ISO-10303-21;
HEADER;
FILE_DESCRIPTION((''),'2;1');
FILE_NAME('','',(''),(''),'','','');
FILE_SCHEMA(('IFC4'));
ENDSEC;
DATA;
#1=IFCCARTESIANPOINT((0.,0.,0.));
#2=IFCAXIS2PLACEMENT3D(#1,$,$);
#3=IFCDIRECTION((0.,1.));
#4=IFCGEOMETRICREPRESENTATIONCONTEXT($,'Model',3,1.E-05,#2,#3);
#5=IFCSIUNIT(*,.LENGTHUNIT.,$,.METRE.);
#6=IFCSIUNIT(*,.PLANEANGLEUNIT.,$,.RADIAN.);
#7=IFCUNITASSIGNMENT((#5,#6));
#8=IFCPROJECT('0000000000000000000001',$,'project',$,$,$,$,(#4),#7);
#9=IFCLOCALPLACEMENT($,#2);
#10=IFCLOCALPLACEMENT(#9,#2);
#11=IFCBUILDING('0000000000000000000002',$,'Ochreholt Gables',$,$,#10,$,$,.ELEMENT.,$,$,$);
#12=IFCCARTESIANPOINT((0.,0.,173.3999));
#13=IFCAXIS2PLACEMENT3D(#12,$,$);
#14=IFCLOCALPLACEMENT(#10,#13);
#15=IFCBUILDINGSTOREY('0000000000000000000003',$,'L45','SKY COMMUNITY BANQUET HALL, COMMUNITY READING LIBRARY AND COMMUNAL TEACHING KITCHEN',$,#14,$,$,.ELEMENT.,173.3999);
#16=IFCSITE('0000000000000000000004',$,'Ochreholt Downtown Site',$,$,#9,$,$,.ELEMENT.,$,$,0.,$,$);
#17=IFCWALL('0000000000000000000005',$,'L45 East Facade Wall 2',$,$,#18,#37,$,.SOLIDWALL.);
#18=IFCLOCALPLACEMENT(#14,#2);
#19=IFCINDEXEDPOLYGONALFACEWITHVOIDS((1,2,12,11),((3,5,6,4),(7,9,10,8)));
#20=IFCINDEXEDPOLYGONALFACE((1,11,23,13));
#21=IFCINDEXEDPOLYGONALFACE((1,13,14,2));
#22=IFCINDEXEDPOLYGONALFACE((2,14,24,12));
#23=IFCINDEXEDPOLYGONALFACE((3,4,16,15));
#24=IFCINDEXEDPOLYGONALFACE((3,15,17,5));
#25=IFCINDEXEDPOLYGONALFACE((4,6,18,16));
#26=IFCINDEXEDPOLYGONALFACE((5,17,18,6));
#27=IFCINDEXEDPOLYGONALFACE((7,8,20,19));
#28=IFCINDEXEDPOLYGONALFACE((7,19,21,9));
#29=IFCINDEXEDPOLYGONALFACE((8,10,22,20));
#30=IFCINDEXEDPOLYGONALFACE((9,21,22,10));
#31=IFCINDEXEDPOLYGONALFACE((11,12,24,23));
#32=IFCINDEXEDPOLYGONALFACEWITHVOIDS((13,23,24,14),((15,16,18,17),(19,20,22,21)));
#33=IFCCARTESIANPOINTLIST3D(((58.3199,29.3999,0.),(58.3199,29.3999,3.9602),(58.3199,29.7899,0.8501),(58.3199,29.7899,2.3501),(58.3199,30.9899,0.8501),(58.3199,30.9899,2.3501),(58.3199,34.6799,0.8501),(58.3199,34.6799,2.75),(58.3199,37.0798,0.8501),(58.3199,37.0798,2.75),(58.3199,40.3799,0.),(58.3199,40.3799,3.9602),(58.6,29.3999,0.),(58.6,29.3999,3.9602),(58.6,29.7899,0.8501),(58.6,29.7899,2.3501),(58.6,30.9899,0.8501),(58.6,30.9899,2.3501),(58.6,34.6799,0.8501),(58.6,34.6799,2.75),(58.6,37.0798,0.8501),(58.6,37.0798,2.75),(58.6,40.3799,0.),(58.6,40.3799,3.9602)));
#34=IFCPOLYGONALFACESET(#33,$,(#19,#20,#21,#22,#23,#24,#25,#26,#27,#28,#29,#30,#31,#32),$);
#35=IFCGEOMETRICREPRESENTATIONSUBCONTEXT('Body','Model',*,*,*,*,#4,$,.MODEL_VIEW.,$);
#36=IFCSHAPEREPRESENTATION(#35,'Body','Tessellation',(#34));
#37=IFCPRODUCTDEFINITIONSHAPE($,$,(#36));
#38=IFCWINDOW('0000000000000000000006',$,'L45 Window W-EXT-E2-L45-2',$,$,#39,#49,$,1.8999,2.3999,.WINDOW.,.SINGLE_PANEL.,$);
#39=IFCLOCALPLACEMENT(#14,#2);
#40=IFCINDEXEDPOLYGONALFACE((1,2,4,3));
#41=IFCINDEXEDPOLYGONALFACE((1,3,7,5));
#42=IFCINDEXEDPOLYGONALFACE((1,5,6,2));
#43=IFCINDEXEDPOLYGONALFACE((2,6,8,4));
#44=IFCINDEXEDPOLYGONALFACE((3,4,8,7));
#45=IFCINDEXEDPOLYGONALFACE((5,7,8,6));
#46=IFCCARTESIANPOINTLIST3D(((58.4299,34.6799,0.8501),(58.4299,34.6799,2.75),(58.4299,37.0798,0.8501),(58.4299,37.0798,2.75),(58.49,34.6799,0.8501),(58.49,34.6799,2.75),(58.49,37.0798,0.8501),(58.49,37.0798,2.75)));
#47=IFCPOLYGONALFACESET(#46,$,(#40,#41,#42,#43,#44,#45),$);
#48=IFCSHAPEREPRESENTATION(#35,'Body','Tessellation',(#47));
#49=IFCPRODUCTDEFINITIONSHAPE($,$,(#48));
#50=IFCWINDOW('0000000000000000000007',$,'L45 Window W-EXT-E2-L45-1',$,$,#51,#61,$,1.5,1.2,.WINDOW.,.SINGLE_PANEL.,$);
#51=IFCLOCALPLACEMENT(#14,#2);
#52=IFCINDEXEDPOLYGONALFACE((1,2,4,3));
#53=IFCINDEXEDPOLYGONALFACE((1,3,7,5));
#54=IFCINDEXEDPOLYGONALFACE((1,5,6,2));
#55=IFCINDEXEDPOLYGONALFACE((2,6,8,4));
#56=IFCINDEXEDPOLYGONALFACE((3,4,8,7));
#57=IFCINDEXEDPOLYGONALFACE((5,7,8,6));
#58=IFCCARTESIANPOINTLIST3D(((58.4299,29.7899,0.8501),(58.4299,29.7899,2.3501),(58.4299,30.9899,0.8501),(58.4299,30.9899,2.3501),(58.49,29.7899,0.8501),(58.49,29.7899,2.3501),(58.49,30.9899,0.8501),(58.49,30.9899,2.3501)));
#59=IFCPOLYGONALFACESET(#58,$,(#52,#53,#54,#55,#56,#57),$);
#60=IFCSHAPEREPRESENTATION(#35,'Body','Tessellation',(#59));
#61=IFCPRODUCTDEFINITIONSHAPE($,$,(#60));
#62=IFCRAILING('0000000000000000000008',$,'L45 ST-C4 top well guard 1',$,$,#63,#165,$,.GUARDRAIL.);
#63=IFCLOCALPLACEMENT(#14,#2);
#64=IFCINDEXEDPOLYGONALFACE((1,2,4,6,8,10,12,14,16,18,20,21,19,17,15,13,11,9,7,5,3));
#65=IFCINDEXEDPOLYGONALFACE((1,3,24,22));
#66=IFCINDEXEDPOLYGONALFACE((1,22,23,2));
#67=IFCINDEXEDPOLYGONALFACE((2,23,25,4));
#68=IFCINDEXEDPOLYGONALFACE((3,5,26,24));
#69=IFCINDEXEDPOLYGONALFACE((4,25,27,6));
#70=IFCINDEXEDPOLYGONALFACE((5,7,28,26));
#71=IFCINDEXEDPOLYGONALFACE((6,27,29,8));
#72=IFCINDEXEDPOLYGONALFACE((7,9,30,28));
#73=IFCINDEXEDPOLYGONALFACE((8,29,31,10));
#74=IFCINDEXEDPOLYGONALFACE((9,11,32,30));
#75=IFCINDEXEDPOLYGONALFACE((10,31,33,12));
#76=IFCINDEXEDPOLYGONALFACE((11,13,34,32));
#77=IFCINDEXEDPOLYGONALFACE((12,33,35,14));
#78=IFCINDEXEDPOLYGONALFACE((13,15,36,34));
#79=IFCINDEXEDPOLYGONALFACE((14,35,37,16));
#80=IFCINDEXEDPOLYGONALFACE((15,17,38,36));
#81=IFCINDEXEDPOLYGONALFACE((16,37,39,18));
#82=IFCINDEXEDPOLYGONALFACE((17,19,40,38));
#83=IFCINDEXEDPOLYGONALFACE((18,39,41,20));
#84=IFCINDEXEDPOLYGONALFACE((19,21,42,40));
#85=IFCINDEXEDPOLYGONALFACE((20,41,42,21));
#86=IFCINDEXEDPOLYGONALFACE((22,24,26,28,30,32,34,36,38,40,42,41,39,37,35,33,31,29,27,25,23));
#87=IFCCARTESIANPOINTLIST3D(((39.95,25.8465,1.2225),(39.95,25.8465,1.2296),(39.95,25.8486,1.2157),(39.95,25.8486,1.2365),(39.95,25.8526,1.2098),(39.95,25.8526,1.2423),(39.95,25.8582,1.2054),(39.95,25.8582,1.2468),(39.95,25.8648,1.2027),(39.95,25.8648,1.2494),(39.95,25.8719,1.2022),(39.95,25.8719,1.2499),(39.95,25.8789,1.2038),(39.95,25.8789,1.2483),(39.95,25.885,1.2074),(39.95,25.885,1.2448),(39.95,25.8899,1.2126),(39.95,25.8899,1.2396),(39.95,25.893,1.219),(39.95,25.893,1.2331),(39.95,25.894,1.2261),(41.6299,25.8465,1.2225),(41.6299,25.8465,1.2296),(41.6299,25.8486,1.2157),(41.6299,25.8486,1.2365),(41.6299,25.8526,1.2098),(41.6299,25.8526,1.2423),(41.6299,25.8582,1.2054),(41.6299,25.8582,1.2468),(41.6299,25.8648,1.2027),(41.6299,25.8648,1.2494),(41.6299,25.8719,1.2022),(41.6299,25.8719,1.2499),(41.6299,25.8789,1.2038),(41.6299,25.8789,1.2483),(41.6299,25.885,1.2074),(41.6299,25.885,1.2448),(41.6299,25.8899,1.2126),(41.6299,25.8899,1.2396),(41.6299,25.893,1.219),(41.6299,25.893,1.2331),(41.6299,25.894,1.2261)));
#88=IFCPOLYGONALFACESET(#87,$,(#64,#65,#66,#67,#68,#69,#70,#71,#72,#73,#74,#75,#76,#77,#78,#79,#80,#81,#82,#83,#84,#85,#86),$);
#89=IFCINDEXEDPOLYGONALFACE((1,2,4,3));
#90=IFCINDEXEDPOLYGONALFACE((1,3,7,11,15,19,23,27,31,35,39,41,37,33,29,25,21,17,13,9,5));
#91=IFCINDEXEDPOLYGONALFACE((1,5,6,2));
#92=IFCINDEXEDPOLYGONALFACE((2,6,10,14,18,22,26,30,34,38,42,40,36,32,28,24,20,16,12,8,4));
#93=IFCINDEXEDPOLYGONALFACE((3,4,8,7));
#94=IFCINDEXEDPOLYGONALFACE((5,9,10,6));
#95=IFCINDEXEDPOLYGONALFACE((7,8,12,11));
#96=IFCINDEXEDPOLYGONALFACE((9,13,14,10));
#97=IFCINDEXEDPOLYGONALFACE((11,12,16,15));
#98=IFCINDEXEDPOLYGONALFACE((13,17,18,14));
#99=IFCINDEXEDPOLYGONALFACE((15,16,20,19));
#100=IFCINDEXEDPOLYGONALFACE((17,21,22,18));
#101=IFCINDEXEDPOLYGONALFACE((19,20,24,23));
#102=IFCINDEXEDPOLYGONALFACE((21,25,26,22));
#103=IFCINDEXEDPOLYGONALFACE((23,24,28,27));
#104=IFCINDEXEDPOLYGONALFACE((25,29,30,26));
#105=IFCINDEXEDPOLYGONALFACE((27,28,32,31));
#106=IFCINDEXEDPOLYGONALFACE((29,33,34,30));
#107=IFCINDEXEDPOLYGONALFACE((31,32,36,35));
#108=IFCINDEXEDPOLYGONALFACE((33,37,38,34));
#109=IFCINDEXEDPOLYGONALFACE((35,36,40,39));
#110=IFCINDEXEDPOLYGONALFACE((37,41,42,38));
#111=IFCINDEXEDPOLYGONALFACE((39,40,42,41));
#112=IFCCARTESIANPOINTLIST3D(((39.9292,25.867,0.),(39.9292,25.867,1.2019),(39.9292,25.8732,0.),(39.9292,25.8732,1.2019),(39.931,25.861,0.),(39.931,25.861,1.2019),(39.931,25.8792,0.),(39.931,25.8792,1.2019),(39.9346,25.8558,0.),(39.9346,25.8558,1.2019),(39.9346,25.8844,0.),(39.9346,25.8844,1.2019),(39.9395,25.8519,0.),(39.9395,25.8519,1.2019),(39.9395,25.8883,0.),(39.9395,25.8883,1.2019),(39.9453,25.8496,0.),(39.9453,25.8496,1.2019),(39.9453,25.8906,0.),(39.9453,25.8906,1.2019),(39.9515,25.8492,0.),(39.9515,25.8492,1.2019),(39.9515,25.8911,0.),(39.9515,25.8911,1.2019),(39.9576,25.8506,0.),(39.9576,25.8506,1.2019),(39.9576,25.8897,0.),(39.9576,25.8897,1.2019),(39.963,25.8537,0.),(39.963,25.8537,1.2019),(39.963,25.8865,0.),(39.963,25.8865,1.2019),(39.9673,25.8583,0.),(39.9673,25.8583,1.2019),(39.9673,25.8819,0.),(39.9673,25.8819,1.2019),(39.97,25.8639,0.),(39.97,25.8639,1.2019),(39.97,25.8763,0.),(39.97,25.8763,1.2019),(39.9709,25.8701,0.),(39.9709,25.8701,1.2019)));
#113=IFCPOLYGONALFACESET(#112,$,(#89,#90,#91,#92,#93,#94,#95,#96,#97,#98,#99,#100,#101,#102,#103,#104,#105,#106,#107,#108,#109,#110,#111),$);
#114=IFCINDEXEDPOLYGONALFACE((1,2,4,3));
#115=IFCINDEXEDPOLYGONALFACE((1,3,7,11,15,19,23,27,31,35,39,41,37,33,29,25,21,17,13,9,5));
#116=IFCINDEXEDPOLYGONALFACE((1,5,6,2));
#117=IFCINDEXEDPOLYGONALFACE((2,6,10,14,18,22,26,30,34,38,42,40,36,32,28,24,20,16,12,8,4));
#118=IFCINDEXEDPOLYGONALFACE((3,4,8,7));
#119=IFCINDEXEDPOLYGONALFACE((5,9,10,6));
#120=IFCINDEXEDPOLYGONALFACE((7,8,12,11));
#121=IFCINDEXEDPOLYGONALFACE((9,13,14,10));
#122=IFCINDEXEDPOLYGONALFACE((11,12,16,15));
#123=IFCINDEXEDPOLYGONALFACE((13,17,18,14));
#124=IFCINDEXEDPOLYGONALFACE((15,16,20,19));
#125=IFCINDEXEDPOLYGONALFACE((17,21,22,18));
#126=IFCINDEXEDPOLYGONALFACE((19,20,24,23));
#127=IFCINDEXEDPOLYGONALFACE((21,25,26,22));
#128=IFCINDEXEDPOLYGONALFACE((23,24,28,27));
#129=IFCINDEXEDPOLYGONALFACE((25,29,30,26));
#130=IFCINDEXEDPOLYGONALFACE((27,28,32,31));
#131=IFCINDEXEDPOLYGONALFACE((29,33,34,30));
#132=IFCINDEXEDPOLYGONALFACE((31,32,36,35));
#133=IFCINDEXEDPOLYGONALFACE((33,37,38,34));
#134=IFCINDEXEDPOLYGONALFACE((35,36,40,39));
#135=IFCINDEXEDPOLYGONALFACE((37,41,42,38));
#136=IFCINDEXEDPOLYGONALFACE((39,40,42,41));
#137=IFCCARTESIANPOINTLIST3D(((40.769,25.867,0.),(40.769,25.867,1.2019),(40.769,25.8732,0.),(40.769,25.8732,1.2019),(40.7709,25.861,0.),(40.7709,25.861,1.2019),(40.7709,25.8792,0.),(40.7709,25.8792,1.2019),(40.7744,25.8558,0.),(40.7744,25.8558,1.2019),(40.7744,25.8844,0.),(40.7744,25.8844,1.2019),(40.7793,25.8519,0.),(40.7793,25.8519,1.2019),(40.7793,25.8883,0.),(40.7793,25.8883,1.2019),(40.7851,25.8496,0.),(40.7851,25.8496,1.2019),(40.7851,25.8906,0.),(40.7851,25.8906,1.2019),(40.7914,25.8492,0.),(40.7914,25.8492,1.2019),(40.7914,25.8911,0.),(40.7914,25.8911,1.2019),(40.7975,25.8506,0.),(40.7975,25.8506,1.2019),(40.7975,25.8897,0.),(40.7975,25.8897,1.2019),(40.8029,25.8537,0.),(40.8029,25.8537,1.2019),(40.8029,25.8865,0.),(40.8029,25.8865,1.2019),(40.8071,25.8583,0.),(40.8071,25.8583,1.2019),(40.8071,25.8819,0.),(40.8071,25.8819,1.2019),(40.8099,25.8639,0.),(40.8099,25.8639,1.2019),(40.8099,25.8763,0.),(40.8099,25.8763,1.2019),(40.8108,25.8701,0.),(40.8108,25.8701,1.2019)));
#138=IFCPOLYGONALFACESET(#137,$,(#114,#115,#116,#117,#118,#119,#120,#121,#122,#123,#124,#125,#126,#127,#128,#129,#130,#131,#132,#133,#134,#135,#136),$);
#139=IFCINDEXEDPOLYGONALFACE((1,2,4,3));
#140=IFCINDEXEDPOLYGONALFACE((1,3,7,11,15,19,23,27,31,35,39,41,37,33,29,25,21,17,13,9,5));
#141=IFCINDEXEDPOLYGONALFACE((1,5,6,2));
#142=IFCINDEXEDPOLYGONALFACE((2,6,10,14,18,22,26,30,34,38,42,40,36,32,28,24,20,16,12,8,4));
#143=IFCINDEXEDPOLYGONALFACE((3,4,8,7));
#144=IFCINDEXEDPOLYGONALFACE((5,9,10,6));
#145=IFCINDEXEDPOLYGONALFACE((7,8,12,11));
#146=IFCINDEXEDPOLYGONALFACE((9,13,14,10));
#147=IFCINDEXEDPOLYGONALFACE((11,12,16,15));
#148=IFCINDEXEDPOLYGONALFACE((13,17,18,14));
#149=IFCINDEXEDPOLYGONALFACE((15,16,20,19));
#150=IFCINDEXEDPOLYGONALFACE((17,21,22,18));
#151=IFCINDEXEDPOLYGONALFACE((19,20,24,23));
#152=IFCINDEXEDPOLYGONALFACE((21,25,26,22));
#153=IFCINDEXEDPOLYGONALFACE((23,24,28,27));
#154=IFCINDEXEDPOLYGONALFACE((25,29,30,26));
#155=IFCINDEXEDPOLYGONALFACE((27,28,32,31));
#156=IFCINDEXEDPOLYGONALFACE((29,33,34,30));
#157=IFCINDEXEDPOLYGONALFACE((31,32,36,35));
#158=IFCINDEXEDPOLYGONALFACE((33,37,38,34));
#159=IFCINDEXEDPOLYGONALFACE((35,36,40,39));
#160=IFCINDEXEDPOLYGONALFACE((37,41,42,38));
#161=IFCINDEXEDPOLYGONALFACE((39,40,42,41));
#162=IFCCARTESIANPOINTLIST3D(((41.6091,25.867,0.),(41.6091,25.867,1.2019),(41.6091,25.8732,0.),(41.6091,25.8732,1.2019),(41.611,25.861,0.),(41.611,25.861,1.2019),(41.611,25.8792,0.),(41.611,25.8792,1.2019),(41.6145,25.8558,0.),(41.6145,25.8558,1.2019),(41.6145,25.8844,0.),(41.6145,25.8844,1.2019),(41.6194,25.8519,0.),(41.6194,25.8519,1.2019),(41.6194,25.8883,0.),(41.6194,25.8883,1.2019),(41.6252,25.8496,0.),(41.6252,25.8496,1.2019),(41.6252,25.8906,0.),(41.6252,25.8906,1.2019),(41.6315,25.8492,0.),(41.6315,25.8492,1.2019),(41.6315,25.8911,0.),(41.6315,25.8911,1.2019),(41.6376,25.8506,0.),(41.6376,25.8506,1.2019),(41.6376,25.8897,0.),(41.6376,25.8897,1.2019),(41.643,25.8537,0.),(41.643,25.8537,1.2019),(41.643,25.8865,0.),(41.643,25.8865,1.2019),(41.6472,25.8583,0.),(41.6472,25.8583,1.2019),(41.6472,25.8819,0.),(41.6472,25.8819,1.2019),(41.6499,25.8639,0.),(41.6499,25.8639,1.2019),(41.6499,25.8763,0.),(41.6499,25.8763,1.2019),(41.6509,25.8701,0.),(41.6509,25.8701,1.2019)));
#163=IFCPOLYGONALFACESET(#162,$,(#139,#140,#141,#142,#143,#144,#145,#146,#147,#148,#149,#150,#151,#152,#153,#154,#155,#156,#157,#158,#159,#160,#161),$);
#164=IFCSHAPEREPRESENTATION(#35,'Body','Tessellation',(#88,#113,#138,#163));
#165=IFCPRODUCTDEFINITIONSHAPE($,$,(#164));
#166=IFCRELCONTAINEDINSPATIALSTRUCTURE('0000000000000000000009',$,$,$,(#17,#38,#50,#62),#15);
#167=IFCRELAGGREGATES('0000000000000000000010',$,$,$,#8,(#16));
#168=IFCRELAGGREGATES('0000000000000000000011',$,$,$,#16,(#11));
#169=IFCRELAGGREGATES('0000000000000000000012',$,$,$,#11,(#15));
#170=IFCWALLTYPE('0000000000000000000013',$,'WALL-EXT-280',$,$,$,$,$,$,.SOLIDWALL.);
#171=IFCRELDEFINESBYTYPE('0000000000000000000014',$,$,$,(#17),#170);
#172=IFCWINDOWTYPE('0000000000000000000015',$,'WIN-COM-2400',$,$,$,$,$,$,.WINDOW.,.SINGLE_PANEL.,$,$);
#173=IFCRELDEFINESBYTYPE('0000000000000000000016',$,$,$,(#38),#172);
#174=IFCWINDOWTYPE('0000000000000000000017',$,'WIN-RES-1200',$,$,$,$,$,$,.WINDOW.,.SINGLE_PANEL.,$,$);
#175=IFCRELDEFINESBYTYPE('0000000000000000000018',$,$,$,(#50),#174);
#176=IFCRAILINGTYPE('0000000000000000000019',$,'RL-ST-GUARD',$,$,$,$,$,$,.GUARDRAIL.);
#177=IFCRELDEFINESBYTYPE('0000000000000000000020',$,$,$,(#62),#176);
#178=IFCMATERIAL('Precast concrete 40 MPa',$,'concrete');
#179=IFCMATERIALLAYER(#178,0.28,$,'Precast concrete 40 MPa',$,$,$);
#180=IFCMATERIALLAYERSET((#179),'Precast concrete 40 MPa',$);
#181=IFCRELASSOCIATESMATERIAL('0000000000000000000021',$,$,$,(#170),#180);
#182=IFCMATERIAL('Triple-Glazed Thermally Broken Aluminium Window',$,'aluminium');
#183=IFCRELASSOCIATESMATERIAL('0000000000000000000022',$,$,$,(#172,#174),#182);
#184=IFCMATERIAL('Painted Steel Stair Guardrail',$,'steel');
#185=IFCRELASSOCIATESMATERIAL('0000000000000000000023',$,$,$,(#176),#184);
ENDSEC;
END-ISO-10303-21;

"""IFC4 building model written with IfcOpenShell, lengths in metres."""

from ifc_helpers import new_model, si_unit, direction, frame, frame_2d, origin, origin_2d, place, context, subcontext, project, spatial, rectangle, circle, extrude, material, layer, layer_set, type_object, element, fill, save


model = new_model("IFC4")

# Units and contexts
model_context = context("Model", 3, precision=1e-05, world=origin(), true_north=direction((0.0, 1.0)))
body_context = subcontext(model_context, "Body", "Model", "MODEL_VIEW")
ifc_project = project(units=[si_unit("LENGTHUNIT", "METRE"), si_unit("PLANEANGLEUNIT", "RADIAN")], contexts=[model_context])

# Site, building, storey
site_placement = place(None, origin())
site = spatial("IfcSite", under=ifc_project, at=site_placement, Name="Ochreholt Downtown Site", CompositionType="ELEMENT", RefElevation=0.0)
building_placement = place(site_placement, origin())
building = spatial("IfcBuilding", under=site, at=building_placement, Name="Ochreholt Gables", CompositionType="ELEMENT")
storey_placement = place(building_placement, frame((0.0, 0.0, 173.3999)))
storey = spatial("IfcBuildingStorey", under=building, at=storey_placement, Name="L45", Description="SKY COMMUNITY BANQUET HALL, COMMUNITY READING LIBRARY AND COMMUNAL TEACHING KITCHEN", CompositionType="ELEMENT", Elevation=173.3999)

# Wall, openings, windows
ifc_material_1 = material(Name="Precast concrete 40 MPa", Category="concrete")
ifc_layer_1 = layer(ifc_material_1, 0.28, Name="Precast concrete 40 MPa")
ifc_layer_set_1 = layer_set([ifc_layer_1], Name="Precast concrete 40 MPa")
wall_type_1 = type_object("IfcWallType", Name="WALL-EXT-280", PredefinedType="SOLIDWALL", material=ifc_layer_set_1)
wall_1_placement = place(storey_placement, frame((58.46, 29.3999, 0.0), z_axis=(0.0, 0.0, 1.0), x_axis=(0.0, 1.0, 0.0)))
wall_1 = element("IfcWall", 1, at=wall_1_placement, inside=storey, type_object=wall_type_1, Name="L45 East Facade Wall 2", PredefinedType="SOLIDWALL", context=body_context, shape_type="SweptSolid", body=[
    extrude(rectangle(XDim=10.98, YDim=0.28, at=frame_2d((5.49, 0.0))), origin(), (0.0, 0.0, 1.0), 3.9602),
])
opening_1_placement = place(wall_1_placement, frame((0.3899, 0.0, 0.8501)))
opening_1 = element("IfcOpeningElement", 2, at=opening_1_placement, cuts=wall_1, PredefinedType="OPENING", context=body_context, shape_type="SweptSolid", body=[
    extrude(rectangle(XDim=1.2, YDim=1.5, at=frame_2d((0.6001, 0.75))), frame((0.0, 0.1499, 0.0), z_axis=(0.0, -1.0, 0.0), x_axis=(1.0, 0.0, 0.0)), (0.0, 0.0, 1.0), 0.3),
])
opening_2_placement = place(wall_1_placement, frame((5.28, 0.0, 0.8501)))
opening_2 = element("IfcOpeningElement", 3, at=opening_2_placement, cuts=wall_1, PredefinedType="OPENING", context=body_context, shape_type="SweptSolid", body=[
    extrude(rectangle(XDim=2.3999, YDim=1.8999, at=frame_2d((1.2, 0.95))), frame((0.0, 0.1499, 0.0), z_axis=(0.0, -1.0, 0.0), x_axis=(1.0, 0.0, 0.0)), (0.0, 0.0, 1.0), 0.3),
])
ifc_material_2 = material(Name="Triple-Glazed Thermally Broken Aluminium Window", Category="aluminium")
window_type_1 = type_object("IfcWindowType", Name="WIN-COM-2400", PartitioningType="SINGLE_PANEL", PredefinedType="WINDOW", material=ifc_material_2)
window_1_placement = place(opening_2_placement, origin())
window_1 = element("IfcWindow", 4, at=window_1_placement, inside=storey, type_object=window_type_1, Name="L45 Window W-EXT-E2-L45-2", OverallHeight=1.8999, OverallWidth=2.3999, PartitioningType="SINGLE_PANEL", PredefinedType="WINDOW", context=body_context, shape_type="SweptSolid", body=[
    extrude(rectangle(XDim=2.3999, YDim=1.8999, at=frame_2d((1.2, 0.95))), frame((0.0, 0.03, 0.0), z_axis=(0.0, -1.0, 0.0), x_axis=(1.0, 0.0, 0.0)), (0.0, 0.0, 1.0), 0.0601),
])
fill(opening_2, window_1)
window_type_2 = type_object("IfcWindowType", Name="WIN-RES-1200", PartitioningType="SINGLE_PANEL", PredefinedType="WINDOW", material=ifc_material_2)
window_2_placement = place(opening_1_placement, origin())
window_2 = element("IfcWindow", 5, at=window_2_placement, inside=storey, type_object=window_type_2, Name="L45 Window W-EXT-E2-L45-1", OverallHeight=1.5, OverallWidth=1.2, PartitioningType="SINGLE_PANEL", PredefinedType="WINDOW", context=body_context, shape_type="SweptSolid", body=[
    extrude(rectangle(XDim=1.2, YDim=1.5, at=frame_2d((0.6001, 0.75))), frame((0.0, 0.03, 0.0), z_axis=(0.0, -1.0, 0.0), x_axis=(1.0, 0.0, 0.0)), (0.0, 0.0, 1.0), 0.0601),
])
fill(opening_1, window_2)

# Railing
ifc_material_3 = material(Name="Painted Steel Stair Guardrail", Category="steel")
railing_type = type_object("IfcRailingType", Name="RL-ST-GUARD", PredefinedType="GUARDRAIL", material=ifc_material_3)
railing_placement = place(storey_placement, frame((39.95, 25.8701, 0.0)))
element("IfcRailing", 6, at=railing_placement, inside=storey, type_object=railing_type, Name="L45 ST-C4 top well guard 1", PredefinedType="GUARDRAIL", context=body_context, shape_type="SweptSolid", body=[
    extrude(circle(Radius=0.0239, at=origin_2d()), frame((0.0, 0.0, 1.2261), z_axis=(1.0, 0.0, 0.0), x_axis=(0.0, 1.0, 0.0)), (0.0, 0.0, 1.0), 1.6799),
    extrude(circle(Radius=0.021, at=origin_2d()), origin(), (0.0, 0.0, 1.0), 1.2019),
    extrude(circle(Radius=0.021, at=origin_2d()), frame((0.8398, 0.0, 0.0)), (0.0, 0.0, 1.0), 1.2019),
    extrude(circle(Radius=0.021, at=origin_2d()), frame((1.6799, 0.0, 0.0)), (0.0, 0.0, 1.0), 1.2019),
])

save(model, "model.ifc")
